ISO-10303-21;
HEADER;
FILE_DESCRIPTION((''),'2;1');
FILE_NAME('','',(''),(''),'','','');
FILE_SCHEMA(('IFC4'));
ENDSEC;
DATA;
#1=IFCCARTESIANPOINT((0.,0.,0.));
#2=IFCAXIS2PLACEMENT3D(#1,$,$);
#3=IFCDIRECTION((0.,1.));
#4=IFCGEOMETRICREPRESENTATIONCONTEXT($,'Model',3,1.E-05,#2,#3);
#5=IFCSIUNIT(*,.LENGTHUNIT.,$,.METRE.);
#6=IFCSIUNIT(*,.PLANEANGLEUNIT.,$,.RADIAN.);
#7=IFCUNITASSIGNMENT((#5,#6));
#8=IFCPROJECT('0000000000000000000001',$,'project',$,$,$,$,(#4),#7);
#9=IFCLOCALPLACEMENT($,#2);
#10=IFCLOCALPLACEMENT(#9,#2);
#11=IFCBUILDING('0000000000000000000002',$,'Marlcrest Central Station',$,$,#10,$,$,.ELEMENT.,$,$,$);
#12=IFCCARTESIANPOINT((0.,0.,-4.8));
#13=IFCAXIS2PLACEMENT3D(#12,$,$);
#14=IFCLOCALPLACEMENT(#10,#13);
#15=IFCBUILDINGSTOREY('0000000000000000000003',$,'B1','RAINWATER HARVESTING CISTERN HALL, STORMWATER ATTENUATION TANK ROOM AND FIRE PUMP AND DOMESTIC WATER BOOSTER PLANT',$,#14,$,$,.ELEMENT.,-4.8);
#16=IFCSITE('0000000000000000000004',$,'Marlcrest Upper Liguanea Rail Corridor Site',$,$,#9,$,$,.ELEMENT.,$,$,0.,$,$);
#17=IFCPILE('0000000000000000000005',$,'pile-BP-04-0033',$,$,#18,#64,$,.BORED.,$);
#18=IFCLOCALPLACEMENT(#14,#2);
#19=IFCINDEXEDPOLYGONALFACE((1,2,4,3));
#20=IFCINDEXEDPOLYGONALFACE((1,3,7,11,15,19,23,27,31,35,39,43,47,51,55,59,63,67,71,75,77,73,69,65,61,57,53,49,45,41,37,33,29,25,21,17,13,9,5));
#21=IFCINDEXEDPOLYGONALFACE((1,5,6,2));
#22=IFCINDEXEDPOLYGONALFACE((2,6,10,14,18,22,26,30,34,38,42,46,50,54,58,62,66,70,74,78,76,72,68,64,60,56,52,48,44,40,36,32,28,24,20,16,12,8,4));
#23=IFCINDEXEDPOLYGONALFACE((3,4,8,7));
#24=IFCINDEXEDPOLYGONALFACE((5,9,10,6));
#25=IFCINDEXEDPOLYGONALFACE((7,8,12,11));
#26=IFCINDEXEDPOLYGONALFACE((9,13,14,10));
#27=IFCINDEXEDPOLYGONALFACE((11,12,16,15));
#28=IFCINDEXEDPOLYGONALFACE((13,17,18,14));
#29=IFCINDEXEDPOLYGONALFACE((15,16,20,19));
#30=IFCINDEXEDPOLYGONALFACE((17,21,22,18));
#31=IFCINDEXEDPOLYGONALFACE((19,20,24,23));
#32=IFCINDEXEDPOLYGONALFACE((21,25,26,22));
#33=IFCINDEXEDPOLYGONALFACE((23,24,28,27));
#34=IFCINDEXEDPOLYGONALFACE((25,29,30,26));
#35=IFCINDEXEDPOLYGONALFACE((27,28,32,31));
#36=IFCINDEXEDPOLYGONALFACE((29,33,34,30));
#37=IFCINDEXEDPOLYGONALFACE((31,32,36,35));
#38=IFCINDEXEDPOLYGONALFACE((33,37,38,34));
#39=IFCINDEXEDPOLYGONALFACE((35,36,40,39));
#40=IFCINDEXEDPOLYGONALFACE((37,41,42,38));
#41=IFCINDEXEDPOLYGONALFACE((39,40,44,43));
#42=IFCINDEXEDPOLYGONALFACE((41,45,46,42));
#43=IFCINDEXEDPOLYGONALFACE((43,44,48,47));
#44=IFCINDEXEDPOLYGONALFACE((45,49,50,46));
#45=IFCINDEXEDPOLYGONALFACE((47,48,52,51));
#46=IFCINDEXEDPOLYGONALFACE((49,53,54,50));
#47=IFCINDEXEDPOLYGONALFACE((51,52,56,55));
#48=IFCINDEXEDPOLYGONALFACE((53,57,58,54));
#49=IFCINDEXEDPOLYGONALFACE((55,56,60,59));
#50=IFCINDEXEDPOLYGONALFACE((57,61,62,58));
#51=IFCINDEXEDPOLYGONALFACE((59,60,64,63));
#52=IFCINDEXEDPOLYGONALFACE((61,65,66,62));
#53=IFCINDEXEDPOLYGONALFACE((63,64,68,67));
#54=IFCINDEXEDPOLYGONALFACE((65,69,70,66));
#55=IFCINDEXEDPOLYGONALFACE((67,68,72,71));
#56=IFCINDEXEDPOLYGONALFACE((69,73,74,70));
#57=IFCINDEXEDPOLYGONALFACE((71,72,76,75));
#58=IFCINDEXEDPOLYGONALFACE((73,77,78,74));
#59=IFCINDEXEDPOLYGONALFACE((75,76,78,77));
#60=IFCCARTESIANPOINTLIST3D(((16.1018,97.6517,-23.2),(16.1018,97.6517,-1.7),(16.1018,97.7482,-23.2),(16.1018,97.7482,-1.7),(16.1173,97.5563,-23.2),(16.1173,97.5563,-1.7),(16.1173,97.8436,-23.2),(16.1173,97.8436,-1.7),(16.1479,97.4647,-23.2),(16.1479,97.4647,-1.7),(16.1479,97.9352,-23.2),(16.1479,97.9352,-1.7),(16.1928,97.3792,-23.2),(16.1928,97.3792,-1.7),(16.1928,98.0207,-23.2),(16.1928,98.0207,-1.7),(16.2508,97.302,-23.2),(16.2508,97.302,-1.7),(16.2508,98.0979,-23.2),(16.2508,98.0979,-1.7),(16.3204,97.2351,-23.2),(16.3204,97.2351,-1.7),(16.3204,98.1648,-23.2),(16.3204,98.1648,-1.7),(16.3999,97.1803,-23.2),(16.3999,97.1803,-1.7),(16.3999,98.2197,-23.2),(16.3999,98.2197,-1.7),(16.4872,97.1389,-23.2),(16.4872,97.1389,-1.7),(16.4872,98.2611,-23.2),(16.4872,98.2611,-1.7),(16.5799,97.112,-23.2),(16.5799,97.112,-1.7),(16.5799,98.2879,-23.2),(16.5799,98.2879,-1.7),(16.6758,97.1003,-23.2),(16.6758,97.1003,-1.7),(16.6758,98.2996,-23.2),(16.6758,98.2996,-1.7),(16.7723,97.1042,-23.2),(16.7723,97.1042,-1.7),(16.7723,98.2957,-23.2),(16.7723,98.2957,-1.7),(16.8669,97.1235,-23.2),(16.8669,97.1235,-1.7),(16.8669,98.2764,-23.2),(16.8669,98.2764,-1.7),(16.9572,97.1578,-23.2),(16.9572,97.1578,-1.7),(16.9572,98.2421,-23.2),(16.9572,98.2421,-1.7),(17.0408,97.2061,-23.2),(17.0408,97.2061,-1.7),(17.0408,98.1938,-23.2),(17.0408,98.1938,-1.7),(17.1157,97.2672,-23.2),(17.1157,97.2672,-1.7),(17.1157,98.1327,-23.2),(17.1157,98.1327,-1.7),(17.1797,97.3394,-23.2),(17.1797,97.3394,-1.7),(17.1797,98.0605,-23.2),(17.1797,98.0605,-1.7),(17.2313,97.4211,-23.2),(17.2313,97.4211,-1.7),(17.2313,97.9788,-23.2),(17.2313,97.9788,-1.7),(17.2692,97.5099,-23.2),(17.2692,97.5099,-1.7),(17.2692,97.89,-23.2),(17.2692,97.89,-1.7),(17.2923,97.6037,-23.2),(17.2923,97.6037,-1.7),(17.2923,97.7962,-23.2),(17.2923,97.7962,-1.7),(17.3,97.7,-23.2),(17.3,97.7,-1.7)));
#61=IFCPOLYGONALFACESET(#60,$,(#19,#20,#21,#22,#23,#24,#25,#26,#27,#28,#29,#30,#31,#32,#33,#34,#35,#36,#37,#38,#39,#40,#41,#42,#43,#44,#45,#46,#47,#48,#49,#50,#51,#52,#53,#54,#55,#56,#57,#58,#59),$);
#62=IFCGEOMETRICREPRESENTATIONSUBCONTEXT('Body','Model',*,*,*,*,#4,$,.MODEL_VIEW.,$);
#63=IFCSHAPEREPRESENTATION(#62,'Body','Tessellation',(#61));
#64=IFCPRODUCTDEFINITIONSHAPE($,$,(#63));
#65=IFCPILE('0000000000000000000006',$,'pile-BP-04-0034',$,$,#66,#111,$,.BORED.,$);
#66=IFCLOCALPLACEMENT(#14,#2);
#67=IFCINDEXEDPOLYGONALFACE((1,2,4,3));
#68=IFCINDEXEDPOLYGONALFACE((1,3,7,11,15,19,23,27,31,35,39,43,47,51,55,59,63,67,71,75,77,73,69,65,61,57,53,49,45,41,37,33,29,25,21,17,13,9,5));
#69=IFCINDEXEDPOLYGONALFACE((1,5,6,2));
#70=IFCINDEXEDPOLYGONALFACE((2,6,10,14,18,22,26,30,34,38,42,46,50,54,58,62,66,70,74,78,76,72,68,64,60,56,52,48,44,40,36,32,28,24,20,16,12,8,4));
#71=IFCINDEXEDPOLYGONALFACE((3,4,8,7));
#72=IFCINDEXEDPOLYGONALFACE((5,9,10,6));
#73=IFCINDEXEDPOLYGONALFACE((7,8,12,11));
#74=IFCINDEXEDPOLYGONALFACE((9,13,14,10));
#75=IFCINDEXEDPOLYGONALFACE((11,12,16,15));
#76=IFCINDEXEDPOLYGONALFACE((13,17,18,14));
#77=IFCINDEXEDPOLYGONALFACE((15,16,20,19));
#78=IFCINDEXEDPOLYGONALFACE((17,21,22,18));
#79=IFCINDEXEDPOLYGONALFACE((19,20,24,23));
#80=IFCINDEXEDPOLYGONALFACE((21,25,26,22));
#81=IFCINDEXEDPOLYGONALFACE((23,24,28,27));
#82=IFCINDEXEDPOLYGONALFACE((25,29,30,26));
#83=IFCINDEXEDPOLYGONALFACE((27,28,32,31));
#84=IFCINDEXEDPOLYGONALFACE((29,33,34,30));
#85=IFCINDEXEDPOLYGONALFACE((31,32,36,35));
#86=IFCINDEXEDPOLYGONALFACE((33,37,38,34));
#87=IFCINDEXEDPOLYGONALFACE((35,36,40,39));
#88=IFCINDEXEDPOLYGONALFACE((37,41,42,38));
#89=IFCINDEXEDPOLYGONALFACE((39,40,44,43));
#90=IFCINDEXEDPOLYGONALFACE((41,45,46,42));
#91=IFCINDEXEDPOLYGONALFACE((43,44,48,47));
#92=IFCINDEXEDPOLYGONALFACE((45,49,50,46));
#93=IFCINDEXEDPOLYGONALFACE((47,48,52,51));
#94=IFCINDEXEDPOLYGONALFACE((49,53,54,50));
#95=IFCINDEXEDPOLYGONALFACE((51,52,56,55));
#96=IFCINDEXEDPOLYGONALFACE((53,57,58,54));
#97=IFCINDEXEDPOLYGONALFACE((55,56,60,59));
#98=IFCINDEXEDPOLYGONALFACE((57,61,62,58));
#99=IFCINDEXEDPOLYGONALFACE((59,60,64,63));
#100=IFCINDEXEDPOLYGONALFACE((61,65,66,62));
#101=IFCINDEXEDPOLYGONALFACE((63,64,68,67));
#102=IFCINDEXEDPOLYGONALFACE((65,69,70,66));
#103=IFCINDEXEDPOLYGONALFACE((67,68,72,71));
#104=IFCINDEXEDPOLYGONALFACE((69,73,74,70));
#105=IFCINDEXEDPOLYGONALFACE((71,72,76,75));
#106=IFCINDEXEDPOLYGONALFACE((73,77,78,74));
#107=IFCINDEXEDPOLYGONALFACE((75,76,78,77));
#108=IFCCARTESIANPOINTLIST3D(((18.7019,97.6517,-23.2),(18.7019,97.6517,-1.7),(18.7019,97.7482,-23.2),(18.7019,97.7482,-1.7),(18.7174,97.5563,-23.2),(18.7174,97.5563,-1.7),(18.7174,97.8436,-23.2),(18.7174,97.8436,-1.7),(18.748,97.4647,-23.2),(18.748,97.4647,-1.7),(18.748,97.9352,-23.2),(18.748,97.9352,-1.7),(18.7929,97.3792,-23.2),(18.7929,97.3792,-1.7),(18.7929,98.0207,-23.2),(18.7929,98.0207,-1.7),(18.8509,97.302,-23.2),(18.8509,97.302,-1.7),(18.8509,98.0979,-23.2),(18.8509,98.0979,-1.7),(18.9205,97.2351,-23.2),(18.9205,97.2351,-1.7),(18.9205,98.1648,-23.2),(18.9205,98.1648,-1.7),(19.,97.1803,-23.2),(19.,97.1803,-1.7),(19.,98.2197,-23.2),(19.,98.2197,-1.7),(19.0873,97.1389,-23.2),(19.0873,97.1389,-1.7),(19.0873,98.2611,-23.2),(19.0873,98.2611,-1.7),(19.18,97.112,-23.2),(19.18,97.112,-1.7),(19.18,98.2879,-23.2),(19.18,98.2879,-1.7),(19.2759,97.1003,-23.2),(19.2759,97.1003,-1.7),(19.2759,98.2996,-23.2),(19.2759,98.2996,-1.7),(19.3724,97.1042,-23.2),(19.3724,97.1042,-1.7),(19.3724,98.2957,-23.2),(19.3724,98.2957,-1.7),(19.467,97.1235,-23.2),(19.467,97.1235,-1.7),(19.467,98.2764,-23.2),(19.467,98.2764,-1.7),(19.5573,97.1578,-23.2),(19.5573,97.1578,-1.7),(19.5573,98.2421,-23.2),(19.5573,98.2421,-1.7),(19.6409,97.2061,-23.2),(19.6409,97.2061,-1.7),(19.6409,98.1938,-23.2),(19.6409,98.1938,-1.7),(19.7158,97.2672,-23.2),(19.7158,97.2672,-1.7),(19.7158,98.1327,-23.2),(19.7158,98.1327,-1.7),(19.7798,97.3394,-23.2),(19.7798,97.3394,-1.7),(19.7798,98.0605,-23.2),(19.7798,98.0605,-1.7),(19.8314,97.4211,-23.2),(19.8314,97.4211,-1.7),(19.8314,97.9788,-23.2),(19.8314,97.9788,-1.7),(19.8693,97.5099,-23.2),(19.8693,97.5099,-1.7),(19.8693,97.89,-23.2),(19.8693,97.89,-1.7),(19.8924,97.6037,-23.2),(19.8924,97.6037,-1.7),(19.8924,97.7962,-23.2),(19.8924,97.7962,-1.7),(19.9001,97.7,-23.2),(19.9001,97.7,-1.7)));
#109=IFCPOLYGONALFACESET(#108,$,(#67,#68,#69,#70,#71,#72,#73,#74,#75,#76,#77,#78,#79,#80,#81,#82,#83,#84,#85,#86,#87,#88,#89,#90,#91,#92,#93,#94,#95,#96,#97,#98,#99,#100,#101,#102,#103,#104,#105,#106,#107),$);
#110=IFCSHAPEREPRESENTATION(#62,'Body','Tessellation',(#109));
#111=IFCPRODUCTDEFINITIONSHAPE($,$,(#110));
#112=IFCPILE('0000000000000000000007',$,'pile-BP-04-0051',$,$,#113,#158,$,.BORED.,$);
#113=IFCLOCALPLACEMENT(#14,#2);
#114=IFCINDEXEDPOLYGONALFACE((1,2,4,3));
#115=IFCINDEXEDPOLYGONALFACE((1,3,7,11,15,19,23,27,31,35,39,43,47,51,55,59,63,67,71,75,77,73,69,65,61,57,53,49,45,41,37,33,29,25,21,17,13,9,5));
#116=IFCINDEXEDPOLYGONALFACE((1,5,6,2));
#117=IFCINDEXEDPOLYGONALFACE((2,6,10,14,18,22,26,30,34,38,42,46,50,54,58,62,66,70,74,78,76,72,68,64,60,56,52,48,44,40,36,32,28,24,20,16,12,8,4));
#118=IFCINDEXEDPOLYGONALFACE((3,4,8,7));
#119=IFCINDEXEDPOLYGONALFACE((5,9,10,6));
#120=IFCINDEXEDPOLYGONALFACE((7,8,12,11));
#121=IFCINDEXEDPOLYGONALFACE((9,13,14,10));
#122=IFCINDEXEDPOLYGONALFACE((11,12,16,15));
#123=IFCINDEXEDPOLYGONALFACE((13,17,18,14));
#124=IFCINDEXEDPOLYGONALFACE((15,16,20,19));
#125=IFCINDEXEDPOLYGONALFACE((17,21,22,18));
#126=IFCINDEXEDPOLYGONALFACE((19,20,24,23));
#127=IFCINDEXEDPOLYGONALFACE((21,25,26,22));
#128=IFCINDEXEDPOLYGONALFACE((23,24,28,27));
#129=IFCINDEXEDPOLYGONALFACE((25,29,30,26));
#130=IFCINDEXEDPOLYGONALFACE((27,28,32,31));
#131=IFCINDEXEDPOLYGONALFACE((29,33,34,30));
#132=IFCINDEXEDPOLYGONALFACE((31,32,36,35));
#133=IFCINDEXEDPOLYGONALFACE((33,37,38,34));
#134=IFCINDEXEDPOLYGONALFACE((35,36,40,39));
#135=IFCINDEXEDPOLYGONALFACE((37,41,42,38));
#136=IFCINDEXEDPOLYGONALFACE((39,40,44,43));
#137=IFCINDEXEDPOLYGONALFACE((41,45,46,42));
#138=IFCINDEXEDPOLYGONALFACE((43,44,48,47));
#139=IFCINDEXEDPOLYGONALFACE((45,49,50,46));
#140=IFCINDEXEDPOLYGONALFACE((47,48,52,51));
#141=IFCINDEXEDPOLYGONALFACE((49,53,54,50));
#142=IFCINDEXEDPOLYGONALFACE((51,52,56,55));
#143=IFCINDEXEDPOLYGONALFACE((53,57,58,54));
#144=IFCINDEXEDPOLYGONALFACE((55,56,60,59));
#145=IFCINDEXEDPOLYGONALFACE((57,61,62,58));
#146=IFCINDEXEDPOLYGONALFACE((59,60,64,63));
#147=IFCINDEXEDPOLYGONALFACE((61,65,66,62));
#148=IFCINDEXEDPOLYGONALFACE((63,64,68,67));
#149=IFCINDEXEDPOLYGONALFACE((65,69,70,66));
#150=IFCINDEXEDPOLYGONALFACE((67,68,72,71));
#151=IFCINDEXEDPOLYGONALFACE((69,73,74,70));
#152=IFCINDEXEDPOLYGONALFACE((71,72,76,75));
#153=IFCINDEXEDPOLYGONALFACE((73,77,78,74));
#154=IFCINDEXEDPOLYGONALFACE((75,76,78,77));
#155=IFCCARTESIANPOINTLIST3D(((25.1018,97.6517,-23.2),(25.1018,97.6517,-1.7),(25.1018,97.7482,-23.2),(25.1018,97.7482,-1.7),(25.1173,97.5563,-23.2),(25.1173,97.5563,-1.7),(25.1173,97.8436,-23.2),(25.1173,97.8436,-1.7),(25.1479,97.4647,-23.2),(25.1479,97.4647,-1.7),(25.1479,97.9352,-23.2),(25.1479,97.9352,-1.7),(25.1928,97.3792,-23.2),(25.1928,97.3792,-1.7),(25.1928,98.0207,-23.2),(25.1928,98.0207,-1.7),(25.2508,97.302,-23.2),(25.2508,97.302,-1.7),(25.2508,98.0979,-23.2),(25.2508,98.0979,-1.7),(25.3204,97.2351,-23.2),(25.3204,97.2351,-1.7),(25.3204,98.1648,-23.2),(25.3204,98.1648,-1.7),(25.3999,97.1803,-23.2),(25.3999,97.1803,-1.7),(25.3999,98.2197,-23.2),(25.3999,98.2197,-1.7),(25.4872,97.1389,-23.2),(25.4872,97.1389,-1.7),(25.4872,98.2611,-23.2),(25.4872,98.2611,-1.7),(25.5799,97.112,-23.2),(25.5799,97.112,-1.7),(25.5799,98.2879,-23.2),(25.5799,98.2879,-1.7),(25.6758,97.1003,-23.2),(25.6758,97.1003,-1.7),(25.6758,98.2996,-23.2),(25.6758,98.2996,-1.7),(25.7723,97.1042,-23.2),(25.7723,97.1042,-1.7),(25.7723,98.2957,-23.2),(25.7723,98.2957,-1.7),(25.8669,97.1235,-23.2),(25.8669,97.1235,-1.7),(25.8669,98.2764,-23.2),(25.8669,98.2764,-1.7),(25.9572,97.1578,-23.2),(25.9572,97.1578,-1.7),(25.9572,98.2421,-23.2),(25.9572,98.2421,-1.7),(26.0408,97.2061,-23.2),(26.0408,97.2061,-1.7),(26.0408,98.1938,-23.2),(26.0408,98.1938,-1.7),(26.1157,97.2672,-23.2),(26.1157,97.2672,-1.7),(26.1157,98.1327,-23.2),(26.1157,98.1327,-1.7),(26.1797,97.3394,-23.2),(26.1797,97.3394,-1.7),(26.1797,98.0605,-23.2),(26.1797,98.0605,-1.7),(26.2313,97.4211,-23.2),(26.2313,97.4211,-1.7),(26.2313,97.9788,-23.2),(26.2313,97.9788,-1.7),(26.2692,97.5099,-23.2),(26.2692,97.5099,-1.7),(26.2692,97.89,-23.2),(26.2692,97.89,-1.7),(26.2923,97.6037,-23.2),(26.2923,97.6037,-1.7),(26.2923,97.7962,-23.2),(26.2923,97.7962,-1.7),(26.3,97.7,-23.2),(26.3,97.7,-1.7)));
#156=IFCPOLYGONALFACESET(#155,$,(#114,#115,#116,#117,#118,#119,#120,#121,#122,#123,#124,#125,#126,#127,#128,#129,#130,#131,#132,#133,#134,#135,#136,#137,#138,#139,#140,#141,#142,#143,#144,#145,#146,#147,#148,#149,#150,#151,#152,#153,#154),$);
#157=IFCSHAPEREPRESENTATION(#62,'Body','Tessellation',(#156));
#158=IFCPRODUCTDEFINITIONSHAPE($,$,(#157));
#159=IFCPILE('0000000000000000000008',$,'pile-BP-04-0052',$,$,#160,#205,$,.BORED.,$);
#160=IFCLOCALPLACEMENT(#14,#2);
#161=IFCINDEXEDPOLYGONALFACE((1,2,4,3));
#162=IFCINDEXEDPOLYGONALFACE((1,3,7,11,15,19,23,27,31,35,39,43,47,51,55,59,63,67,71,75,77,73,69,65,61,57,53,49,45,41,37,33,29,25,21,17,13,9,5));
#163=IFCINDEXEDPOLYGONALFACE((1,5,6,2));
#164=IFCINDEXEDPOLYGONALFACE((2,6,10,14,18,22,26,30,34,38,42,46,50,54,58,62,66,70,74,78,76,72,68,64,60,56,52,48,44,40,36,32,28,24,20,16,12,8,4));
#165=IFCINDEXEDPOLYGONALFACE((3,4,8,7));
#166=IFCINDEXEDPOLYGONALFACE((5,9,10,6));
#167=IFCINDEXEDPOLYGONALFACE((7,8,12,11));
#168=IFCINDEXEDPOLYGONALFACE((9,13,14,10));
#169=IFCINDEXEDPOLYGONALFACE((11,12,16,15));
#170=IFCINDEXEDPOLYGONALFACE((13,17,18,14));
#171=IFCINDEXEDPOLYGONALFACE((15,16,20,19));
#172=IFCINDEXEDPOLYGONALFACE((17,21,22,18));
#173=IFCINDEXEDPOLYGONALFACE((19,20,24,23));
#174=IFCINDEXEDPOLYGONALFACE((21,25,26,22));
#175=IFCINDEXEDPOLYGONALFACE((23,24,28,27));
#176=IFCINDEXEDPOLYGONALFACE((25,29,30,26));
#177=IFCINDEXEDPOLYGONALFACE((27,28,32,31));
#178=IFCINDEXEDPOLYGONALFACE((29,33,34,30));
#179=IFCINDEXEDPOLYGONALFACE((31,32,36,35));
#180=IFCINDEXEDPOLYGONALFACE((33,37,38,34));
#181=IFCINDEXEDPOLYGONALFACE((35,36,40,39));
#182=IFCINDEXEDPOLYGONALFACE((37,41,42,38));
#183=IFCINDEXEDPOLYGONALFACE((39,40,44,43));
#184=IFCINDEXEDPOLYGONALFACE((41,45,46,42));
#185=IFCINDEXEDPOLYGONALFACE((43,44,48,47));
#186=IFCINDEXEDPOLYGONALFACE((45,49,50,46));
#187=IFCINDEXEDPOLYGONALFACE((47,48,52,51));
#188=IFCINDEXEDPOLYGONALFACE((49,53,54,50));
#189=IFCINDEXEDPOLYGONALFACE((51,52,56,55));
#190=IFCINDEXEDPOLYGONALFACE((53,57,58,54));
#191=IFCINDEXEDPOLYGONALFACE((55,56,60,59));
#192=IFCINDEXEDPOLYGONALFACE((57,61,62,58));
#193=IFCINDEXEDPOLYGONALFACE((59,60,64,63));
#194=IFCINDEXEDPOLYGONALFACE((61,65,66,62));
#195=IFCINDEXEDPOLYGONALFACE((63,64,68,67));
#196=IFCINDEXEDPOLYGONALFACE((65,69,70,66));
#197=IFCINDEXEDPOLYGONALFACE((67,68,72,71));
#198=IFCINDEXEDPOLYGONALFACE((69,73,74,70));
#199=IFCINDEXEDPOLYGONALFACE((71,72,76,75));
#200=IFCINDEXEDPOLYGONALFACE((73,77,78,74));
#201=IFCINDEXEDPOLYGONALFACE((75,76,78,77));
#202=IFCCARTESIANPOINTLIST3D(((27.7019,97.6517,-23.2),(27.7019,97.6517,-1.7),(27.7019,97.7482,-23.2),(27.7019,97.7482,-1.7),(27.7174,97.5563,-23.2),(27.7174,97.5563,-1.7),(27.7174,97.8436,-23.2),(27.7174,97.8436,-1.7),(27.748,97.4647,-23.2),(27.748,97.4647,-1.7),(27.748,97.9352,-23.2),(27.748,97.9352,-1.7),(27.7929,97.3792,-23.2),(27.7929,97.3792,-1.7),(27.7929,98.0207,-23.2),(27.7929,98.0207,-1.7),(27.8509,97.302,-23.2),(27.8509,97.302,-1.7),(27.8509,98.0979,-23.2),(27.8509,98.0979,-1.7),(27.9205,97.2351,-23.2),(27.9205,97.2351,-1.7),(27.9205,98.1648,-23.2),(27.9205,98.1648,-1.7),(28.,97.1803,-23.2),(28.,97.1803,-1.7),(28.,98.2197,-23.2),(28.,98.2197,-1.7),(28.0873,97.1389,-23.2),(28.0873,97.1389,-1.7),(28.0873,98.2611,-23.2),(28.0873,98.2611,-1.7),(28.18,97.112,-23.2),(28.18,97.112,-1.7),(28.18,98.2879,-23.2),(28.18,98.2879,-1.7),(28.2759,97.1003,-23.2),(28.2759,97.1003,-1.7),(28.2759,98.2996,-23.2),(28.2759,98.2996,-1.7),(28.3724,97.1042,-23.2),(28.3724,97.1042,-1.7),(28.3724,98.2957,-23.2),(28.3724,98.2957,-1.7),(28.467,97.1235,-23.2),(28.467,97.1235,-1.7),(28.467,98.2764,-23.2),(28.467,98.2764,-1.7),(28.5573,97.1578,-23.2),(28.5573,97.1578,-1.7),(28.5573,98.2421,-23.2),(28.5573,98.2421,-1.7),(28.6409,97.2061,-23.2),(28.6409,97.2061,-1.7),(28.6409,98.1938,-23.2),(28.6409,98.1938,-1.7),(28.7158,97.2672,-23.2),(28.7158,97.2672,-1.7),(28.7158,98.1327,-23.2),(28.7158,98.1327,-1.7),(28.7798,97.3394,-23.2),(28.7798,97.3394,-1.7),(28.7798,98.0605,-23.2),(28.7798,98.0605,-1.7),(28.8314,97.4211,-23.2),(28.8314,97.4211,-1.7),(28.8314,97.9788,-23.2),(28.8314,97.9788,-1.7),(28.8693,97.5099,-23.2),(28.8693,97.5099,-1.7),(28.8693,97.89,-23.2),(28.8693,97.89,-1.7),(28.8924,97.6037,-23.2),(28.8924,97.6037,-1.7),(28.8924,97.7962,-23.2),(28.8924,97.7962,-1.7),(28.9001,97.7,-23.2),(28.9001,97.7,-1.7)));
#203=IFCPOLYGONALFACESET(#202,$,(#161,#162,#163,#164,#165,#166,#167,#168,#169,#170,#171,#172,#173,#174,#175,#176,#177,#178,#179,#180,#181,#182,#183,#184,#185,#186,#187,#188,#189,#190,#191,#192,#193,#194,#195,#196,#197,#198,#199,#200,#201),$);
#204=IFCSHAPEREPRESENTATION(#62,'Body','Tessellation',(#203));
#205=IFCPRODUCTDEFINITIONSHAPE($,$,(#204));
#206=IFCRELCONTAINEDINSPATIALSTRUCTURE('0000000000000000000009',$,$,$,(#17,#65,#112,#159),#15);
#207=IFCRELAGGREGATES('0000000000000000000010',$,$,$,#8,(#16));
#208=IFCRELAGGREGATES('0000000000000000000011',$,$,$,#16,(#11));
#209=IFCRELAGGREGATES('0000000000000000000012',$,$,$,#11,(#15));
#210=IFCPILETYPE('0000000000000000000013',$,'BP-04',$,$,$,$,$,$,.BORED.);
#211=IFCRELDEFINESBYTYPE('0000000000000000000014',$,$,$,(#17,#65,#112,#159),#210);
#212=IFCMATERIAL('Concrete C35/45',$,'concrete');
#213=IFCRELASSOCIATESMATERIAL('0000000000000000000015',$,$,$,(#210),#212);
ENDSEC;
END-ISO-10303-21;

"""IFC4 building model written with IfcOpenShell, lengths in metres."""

from ifc_helpers import new_model, si_unit, direction, frame, origin, origin_2d, place, context, subcontext, project, spatial, circle, extrude, material, material_profile, profile_set, type_object, element, save


model = new_model("IFC4")

# Units and contexts
model_context = context("Model", 3, precision=1e-05, world=origin(), true_north=direction((0.0, 1.0)))
body_context = subcontext(model_context, "Body", "Model", "MODEL_VIEW")
ifc_project = project(units=[si_unit("LENGTHUNIT", "METRE"), si_unit("PLANEANGLEUNIT", "RADIAN")], contexts=[model_context])

# Site, building, storey
site_placement = place(None, origin())
site = spatial("IfcSite", under=ifc_project, at=site_placement, Name="Marlcrest Upper Liguanea Rail Corridor Site", CompositionType="ELEMENT", RefElevation=0.0)
building_placement = place(site_placement, origin())
building = spatial("IfcBuilding", under=site, at=building_placement, Name="Marlcrest Central Station", CompositionType="ELEMENT")
storey_placement = place(building_placement, frame((0.0, 0.0, -4.8)))
storey = spatial("IfcBuildingStorey", under=building, at=storey_placement, Name="B1", Description="RAINWATER HARVESTING CISTERN HALL, STORMWATER ATTENUATION TANK ROOM AND FIRE PUMP AND DOMESTIC WATER BOOSTER PLANT", CompositionType="ELEMENT", Elevation=-4.8)

# Piles
ifc_material_1 = material(Name="Concrete C35/45", Category="concrete")
ifc_material_profile = material_profile(ifc_material_1, circle(Radius=0.6001, at=origin_2d()), Name="PILE D1200")
ifc_profile_set = profile_set([ifc_material_profile], Name="Concrete C35/45")
pile_type = type_object("IfcPileType", Name="BP-04", PredefinedType="BORED", material=ifc_profile_set)
for number, where, z_axis, x_axis, name in (
    (1, (16.7, 97.7, -1.7), (0.0, 0.0, -1.0), (1.0, 0.0, 0.0), "pile-BP-04-0033"),
    (2, (19.3, 97.7, -1.7), (0.0, 0.0, -1.0), (1.0, 0.0, 0.0), "pile-BP-04-0034"),
    (3, (25.7, 97.7, -1.7), (0.0, 0.0, -1.0), (1.0, 0.0, 0.0), "pile-BP-04-0051"),
    (4, (28.3, 97.7, -1.7), (0.0, 0.0, -1.0), (1.0, 0.0, 0.0), "pile-BP-04-0052"),
):
    element("IfcPile", number, at=place(storey_placement, frame(where, z_axis=z_axis, x_axis=x_axis)), inside=storey, type_object=pile_type, Name=name, PredefinedType="BORED", context=body_context, shape_type="SweptSolid", body=[
        extrude(circle(Radius=0.6001, at=origin_2d()), origin(), (0.0, 0.0, 1.0), 21.5),
    ])

save(model, "model.ifc")
